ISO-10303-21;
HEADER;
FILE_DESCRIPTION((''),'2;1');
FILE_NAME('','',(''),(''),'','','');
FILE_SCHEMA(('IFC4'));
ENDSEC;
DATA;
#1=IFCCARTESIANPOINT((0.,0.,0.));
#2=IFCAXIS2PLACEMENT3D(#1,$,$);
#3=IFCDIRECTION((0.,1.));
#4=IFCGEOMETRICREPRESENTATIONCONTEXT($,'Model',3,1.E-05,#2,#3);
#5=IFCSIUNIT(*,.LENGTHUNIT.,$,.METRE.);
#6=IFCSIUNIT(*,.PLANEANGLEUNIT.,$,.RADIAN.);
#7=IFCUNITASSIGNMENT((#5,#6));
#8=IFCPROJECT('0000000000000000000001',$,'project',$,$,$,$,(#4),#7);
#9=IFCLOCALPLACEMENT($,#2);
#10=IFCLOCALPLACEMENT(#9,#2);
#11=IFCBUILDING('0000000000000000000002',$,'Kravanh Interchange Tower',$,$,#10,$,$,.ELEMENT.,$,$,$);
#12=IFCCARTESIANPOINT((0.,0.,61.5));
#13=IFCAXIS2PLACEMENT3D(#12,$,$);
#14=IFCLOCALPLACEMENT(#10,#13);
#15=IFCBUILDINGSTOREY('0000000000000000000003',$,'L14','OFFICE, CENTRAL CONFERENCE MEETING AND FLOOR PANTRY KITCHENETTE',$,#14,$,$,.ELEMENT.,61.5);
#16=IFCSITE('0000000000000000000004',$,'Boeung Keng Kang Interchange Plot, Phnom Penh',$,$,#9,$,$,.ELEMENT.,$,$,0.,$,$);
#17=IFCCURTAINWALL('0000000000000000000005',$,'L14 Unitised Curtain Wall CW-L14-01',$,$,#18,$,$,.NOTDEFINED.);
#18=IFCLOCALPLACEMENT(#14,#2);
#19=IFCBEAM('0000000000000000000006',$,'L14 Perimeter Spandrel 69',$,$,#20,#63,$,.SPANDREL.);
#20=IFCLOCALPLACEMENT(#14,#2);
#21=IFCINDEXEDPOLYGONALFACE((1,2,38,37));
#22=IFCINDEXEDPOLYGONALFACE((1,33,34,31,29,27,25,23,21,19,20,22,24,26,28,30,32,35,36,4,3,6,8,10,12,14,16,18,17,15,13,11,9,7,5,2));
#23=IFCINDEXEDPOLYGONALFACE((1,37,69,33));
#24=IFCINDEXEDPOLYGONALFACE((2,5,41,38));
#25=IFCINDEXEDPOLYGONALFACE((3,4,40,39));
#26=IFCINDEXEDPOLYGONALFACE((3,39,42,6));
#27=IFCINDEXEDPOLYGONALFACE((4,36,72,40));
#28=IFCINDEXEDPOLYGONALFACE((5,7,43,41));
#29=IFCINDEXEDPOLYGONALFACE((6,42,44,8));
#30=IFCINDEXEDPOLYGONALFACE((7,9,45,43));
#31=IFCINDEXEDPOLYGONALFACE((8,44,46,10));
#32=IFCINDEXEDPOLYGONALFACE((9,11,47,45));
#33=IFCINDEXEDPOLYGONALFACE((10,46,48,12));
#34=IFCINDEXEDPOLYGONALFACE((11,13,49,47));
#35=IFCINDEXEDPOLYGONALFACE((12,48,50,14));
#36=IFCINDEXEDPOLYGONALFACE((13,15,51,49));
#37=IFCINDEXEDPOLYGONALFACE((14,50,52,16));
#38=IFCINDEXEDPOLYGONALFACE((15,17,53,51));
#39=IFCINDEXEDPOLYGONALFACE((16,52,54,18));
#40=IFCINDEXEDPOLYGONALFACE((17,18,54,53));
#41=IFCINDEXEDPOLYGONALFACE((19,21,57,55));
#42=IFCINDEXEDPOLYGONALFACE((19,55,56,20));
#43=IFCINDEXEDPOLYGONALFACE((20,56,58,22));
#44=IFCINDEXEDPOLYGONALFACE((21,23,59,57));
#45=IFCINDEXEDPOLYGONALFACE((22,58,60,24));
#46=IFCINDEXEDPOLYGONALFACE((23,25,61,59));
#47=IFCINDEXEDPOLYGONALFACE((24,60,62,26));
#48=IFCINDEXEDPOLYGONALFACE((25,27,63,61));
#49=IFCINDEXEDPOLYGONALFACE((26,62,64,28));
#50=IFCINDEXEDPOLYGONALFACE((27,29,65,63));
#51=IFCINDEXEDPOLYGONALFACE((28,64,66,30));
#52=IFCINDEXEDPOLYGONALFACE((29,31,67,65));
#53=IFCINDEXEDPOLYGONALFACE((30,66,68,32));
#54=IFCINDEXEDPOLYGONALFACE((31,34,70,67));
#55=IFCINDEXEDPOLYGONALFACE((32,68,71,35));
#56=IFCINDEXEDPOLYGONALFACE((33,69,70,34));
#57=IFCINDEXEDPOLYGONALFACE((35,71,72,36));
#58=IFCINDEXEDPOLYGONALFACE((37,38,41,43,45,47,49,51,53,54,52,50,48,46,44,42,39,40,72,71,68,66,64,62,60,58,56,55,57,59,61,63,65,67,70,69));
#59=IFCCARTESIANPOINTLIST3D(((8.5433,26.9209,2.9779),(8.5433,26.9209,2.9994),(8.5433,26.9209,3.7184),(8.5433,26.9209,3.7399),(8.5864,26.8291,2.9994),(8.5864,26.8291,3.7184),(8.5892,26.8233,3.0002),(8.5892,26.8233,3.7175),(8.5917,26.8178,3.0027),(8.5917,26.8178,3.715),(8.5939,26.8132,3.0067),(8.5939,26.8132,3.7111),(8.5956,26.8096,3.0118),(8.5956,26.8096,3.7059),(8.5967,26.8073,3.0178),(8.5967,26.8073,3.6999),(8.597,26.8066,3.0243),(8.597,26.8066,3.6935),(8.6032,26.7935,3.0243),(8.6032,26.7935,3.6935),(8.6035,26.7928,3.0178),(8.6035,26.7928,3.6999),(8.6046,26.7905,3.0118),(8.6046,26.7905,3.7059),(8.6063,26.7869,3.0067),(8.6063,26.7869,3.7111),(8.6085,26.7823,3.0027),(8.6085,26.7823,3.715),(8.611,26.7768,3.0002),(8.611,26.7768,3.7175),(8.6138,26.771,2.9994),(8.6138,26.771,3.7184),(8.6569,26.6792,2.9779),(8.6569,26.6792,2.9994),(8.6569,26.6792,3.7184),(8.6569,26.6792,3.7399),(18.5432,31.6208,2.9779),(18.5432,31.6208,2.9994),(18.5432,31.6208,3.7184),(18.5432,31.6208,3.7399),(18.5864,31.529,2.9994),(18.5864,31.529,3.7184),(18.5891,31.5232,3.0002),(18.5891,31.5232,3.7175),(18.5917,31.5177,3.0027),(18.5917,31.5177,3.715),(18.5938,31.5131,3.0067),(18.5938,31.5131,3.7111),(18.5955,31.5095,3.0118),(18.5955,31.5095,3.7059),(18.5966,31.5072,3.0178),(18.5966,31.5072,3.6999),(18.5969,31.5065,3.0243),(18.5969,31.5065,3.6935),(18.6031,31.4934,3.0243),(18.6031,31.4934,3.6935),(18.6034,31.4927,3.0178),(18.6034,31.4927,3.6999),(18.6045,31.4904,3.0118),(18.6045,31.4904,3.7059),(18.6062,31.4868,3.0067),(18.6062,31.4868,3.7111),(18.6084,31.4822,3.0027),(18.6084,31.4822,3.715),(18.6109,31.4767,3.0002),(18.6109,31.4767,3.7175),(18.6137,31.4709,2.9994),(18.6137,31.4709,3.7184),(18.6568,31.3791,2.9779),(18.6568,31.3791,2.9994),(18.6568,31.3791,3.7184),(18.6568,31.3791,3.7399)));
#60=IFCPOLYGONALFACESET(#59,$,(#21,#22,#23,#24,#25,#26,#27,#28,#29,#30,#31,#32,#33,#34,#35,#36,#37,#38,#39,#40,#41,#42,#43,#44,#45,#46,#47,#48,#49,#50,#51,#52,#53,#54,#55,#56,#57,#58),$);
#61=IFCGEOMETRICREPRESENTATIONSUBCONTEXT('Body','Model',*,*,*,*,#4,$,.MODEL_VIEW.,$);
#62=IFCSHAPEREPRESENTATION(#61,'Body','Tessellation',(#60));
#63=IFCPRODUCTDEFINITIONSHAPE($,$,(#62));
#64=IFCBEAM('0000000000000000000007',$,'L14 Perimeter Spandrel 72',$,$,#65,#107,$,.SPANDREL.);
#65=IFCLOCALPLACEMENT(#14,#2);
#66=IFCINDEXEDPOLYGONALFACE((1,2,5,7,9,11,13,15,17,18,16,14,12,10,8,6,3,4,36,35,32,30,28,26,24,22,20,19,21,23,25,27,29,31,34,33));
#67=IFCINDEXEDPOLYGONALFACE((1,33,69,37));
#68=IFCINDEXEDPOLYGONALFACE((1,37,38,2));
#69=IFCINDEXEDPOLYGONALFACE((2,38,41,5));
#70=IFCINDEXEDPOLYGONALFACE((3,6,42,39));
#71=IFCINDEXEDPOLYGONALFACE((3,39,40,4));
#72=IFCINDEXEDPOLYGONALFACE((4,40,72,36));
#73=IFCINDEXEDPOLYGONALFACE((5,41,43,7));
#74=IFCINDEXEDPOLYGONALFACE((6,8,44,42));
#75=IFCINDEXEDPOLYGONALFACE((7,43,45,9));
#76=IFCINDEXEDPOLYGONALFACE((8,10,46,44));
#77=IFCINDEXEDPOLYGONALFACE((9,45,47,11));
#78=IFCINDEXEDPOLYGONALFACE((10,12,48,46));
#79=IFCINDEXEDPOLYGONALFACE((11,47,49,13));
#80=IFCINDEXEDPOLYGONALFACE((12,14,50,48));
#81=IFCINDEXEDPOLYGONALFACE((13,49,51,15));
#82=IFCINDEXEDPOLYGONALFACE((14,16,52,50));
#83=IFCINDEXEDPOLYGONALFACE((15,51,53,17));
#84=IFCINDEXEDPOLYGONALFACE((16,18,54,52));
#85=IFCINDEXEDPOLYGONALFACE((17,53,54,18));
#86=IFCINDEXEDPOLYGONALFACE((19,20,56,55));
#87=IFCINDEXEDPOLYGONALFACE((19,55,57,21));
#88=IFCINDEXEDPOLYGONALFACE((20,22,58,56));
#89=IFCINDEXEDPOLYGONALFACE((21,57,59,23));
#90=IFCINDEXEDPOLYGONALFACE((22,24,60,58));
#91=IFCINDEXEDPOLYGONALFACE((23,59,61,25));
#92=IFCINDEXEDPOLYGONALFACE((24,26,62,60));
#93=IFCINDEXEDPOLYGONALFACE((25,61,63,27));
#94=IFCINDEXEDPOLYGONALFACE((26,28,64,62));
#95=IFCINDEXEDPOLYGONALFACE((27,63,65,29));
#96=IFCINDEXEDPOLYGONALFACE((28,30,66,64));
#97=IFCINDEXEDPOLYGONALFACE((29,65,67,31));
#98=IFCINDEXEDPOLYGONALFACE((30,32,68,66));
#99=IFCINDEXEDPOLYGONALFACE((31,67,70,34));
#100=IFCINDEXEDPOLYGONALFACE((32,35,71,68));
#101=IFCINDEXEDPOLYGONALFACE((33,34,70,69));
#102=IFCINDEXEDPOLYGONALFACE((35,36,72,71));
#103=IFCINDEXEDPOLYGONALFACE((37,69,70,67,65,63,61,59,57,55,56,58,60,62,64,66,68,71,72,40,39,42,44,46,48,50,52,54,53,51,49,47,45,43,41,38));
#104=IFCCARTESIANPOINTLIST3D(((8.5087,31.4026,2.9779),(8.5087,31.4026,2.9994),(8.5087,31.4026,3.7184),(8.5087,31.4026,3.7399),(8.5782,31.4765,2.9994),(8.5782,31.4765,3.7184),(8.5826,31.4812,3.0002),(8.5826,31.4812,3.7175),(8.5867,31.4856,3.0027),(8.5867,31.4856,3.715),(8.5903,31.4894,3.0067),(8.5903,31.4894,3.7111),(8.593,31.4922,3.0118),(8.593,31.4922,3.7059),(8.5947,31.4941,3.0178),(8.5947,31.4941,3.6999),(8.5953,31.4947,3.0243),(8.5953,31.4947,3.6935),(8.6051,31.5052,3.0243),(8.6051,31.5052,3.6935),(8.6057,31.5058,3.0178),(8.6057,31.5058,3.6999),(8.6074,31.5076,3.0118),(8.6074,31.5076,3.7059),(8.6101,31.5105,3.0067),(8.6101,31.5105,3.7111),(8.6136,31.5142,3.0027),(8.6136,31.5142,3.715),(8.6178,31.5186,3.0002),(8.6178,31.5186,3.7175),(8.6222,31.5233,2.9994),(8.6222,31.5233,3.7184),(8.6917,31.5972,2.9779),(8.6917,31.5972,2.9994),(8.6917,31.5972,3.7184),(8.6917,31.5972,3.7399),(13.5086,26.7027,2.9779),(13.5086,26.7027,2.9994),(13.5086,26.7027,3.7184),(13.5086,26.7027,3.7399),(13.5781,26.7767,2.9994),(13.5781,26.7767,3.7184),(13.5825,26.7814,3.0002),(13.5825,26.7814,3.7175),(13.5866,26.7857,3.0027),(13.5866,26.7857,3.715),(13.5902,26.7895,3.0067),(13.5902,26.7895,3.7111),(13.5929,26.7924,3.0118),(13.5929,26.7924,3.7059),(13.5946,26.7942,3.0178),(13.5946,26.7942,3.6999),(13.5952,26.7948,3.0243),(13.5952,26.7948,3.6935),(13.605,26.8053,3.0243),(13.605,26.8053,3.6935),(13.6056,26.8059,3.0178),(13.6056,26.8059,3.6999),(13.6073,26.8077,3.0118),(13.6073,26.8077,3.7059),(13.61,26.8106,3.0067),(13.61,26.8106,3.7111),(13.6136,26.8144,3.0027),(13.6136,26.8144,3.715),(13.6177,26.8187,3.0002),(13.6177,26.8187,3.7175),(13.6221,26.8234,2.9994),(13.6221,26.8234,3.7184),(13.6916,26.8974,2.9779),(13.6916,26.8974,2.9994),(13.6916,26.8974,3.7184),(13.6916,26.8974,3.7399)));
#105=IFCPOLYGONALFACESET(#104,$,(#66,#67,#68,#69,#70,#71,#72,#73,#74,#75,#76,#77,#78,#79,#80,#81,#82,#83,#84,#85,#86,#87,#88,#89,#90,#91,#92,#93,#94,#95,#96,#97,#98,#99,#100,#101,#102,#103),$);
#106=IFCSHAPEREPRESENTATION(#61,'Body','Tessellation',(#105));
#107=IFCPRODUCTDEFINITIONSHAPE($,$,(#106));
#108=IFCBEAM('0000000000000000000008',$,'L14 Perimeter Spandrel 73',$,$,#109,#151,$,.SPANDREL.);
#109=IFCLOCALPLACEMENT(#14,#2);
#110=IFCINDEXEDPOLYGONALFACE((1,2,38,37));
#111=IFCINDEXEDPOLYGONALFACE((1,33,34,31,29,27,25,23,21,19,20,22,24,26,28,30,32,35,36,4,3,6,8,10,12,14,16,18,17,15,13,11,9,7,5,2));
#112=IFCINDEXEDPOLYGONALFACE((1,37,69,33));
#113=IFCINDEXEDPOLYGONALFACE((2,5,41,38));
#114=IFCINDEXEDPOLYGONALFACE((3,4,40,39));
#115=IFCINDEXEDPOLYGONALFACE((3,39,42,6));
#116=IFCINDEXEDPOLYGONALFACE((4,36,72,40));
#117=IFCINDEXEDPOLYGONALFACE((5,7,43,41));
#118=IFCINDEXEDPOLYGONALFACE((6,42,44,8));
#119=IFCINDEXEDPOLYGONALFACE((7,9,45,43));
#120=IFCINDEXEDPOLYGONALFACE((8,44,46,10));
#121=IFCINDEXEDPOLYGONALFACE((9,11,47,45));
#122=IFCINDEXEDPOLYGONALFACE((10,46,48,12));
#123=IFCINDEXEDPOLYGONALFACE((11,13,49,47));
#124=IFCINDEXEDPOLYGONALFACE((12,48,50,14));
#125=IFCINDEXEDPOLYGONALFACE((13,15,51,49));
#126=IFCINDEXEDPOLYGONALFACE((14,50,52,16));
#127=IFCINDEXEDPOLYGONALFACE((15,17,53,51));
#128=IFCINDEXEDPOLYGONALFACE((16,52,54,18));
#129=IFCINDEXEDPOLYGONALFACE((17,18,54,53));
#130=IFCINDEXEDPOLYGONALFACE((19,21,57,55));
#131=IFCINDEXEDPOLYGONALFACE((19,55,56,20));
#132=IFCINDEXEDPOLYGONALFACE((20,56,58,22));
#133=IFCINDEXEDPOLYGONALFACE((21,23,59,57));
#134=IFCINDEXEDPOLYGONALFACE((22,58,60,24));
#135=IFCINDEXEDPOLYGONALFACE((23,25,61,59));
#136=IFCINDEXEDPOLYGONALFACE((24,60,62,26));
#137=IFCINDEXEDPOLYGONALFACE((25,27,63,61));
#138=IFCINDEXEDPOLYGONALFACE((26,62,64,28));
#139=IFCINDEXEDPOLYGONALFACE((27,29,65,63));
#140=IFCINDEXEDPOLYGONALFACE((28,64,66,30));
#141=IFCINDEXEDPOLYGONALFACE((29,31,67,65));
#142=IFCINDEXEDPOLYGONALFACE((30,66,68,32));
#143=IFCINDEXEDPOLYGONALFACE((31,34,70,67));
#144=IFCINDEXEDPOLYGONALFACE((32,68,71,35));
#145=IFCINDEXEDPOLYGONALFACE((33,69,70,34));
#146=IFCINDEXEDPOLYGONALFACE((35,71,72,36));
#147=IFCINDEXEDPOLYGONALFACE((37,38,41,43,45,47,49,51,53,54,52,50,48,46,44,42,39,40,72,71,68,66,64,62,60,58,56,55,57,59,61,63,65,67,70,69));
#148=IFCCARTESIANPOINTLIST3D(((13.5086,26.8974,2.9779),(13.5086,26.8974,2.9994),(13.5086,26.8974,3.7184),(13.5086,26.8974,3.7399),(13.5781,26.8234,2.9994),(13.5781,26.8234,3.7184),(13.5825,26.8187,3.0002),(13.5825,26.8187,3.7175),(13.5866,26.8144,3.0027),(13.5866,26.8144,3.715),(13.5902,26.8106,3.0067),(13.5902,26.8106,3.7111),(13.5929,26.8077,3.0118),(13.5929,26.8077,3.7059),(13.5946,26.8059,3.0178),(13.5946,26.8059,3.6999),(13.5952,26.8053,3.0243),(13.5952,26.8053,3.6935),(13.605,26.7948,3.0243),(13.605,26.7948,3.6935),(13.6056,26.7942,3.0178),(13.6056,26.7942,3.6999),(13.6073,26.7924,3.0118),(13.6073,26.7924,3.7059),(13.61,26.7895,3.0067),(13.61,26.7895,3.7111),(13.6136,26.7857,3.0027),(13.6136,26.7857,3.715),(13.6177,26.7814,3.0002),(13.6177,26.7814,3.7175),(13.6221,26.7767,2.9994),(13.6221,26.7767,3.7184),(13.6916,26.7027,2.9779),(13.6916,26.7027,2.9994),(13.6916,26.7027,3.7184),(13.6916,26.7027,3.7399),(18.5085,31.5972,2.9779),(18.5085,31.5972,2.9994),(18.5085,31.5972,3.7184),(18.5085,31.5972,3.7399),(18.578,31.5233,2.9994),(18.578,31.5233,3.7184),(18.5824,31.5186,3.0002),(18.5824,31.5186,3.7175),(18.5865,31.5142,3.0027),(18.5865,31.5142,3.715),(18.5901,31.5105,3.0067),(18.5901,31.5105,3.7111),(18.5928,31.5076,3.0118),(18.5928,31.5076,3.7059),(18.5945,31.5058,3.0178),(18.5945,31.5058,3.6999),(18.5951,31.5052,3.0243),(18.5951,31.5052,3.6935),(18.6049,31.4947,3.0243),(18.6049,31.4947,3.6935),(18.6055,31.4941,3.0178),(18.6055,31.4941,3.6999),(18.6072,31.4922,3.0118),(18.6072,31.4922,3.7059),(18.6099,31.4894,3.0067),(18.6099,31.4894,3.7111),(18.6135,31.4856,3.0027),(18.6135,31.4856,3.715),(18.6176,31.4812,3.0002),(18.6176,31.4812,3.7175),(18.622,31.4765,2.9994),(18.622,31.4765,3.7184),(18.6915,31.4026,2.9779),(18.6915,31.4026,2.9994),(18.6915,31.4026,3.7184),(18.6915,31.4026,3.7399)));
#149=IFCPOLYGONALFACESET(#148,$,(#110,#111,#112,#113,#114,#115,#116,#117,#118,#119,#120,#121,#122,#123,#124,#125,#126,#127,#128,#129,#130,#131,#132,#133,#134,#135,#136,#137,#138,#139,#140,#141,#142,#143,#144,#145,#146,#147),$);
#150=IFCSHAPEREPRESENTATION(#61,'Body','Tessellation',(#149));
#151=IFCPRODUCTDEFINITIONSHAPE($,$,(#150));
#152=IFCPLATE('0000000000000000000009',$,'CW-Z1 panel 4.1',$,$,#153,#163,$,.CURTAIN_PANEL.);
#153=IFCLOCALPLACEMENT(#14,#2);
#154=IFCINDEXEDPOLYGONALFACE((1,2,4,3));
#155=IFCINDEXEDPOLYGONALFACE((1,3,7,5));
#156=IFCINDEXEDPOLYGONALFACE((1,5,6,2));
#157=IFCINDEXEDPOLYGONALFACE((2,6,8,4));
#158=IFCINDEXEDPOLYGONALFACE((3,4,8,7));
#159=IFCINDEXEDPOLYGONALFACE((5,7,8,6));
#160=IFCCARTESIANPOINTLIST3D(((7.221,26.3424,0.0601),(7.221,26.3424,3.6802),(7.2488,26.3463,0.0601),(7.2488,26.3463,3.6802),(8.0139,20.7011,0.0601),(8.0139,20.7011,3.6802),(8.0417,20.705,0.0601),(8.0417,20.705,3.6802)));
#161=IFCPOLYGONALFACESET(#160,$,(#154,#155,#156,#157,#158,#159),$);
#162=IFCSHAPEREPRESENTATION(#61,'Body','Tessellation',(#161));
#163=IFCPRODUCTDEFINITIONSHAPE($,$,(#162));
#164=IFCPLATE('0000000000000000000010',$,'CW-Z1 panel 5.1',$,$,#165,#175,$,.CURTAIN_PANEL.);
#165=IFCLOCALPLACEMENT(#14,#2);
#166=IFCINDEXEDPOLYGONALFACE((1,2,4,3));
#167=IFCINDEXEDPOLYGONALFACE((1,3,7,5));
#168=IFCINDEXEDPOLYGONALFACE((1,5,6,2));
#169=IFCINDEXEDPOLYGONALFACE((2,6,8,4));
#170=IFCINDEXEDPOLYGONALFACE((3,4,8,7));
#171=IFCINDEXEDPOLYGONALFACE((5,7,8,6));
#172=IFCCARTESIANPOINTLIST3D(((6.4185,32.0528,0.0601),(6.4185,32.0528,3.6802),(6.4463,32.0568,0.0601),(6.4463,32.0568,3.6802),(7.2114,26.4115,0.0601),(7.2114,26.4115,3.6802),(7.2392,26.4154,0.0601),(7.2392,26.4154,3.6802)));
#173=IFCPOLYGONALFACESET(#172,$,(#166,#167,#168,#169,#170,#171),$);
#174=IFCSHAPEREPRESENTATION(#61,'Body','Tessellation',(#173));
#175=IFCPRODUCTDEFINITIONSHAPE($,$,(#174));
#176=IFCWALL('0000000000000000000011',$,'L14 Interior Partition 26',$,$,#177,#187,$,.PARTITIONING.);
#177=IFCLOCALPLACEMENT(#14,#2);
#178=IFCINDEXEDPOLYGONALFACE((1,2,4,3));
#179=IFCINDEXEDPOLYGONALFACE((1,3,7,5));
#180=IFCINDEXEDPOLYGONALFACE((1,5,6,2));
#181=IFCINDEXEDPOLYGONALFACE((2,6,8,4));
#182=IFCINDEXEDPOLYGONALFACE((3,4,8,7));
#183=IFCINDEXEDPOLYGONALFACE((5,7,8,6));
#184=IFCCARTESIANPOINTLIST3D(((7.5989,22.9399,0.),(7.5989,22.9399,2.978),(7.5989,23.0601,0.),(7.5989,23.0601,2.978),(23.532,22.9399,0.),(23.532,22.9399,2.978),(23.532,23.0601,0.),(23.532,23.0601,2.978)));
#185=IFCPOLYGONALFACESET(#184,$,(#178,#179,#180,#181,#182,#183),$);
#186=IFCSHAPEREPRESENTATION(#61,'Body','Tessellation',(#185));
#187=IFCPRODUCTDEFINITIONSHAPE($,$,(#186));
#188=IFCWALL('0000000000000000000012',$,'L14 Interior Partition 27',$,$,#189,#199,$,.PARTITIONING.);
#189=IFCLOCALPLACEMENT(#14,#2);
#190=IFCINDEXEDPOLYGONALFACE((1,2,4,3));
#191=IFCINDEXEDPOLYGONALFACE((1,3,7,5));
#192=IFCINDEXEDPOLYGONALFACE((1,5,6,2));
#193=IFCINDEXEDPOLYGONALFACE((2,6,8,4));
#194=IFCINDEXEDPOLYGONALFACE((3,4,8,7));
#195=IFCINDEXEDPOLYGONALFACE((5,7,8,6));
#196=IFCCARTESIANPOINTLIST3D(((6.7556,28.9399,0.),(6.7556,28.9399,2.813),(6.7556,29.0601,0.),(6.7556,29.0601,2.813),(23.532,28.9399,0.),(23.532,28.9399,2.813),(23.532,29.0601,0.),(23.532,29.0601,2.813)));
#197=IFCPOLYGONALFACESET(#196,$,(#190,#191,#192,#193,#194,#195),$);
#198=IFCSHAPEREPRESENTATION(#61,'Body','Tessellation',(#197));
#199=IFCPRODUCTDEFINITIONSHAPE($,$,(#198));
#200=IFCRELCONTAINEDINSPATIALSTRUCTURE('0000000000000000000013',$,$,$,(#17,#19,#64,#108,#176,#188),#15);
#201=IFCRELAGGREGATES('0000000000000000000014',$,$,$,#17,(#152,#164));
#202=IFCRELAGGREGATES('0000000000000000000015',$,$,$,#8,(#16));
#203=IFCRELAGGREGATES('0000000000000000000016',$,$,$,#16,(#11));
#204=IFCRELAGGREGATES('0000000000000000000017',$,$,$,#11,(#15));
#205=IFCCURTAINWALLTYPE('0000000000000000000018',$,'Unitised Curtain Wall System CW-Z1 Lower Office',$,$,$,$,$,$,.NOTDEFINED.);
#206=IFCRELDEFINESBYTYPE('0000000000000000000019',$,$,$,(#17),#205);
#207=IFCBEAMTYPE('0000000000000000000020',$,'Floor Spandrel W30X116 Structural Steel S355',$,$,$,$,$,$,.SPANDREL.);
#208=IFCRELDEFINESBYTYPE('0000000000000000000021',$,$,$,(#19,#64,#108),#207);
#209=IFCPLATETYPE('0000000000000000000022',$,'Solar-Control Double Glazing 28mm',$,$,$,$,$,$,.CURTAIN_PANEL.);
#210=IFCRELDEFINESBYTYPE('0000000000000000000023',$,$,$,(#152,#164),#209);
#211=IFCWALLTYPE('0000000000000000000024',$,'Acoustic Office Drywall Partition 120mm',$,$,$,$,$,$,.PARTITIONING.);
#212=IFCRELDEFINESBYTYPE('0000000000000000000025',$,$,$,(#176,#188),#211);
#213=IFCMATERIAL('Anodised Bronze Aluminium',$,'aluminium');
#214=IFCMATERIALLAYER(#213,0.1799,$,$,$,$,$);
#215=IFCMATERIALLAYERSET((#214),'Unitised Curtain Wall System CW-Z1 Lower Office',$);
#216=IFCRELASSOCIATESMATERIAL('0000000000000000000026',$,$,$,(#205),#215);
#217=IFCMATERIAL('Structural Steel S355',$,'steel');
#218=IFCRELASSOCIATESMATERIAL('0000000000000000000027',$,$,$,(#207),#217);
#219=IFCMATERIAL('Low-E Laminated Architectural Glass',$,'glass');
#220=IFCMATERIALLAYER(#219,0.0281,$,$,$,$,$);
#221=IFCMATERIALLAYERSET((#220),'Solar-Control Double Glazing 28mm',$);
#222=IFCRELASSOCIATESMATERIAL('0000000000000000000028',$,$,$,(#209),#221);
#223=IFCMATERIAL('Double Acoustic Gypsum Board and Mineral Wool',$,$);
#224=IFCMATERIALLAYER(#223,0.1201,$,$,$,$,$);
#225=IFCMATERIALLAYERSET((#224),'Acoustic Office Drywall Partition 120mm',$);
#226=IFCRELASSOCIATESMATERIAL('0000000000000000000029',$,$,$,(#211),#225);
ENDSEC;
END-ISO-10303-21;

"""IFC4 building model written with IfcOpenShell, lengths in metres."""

from ifc_helpers import new_model, si_unit, direction, frame, frame_2d, origin, origin_2d, place, context, subcontext, project, spatial, rectangle, i_section, extrude, material, layer, layer_set, material_profile, profile_set, type_object, element, aggregate, save


model = new_model("IFC4")

# Units and contexts
model_context = context("Model", 3, precision=1e-05, world=origin(), true_north=direction((0.0, 1.0)))
body_context = subcontext(model_context, "Body", "Model", "MODEL_VIEW")
ifc_project = project(units=[si_unit("LENGTHUNIT", "METRE"), si_unit("PLANEANGLEUNIT", "RADIAN")], contexts=[model_context])

# Site, building, storey
site_placement = place(None, origin())
site = spatial("IfcSite", under=ifc_project, at=site_placement, Name="Boeung Keng Kang Interchange Plot, Phnom Penh", CompositionType="ELEMENT", RefElevation=0.0)
building_placement = place(site_placement, origin())
building = spatial("IfcBuilding", under=site, at=building_placement, Name="Kravanh Interchange Tower", CompositionType="ELEMENT")
storey_placement = place(building_placement, frame((0.0, 0.0, 61.5)))
storey = spatial("IfcBuildingStorey", under=building, at=storey_placement, Name="L14", Description="OFFICE, CENTRAL CONFERENCE MEETING AND FLOOR PANTRY KITCHENETTE", CompositionType="ELEMENT", Elevation=61.5)

# Curtain wall
ifc_material_1 = material(Name="Anodised Bronze Aluminium", Category="aluminium")
ifc_layer_1 = layer(ifc_material_1, 0.1799)
ifc_layer_set_1 = layer_set([ifc_layer_1], Name="Unitised Curtain Wall System CW-Z1 Lower Office")
curtain_wall_type = type_object("IfcCurtainWallType", Name="Unitised Curtain Wall System CW-Z1 Lower Office", PredefinedType="NOTDEFINED", material=ifc_layer_set_1)
curtain_wall_placement = place(storey_placement, origin())
curtain_wall = element("IfcCurtainWall", 1, at=curtain_wall_placement, inside=storey, type_object=curtain_wall_type, Name="L14 Unitised Curtain Wall CW-L14-01", PredefinedType="NOTDEFINED")

# Beams
ifc_material_2 = material(Name="Structural Steel S355", Category="steel")
ifc_material_profile_1 = material_profile(ifc_material_2, i_section(OverallWidth=0.2671, OverallDepth=0.762, WebThickness=0.0144, FlangeThickness=0.0215, FilletRadius=0.0249, at=origin_2d()), Name="W30X116")
ifc_profile_set_1 = profile_set([ifc_material_profile_1], Name="Structural Steel S355")
beam_type_1 = type_object("IfcBeamType", Name="Floor Spandrel W30X116 Structural Steel S355", PredefinedType="SPANDREL", material=ifc_profile_set_1)
beam_1_placement = place(storey_placement, frame((8.6001, 26.8, 3.3589), z_axis=(0.905025, 0.425358, 0.0), x_axis=(-0.425358, 0.905025, 0.0)))
element("IfcBeam", 2, at=beam_1_placement, inside=storey, type_object=beam_type_1, Name="L14 Perimeter Spandrel 69", PredefinedType="SPANDREL", context=body_context, shape_type="SweptSolid", body=[
    extrude(i_section(OverallWidth=0.2671, OverallDepth=0.762, WebThickness=0.0144, FlangeThickness=0.0215, FilletRadius=0.0249, at=origin_2d()), origin(), (0.0, 0.0, 1.0), 11.0493),
])
for number, where, z_axis, x_axis, name in (
    (3, (13.6001, 26.8, 3.3589), (-0.728631, 0.684906, 0.0), (-0.684906, -0.728631, 0.0), "L14 Perimeter Spandrel 72"),
    (4, (13.6001, 26.8, 3.3589), (0.728631, 0.684906, 0.0), (-0.684906, 0.728631, 0.0), "L14 Perimeter Spandrel 73"),
):
    element("IfcBeam", number, at=place(storey_placement, frame(where, z_axis=z_axis, x_axis=x_axis)), inside=storey, type_object=beam_type_1, Name=name, PredefinedType="SPANDREL", context=body_context, shape_type="SweptSolid", body=[
        extrude(i_section(OverallWidth=0.2671, OverallDepth=0.762, WebThickness=0.0144, FlangeThickness=0.0215, FilletRadius=0.0249, at=origin_2d()), origin(), (0.0, 0.0, 1.0), 6.8621),
    ])

# Plates
ifc_material_3 = material(Name="Low-E Laminated Architectural Glass", Category="glass")
ifc_layer_2 = layer(ifc_material_3, 0.0281)
ifc_layer_set_2 = layer_set([ifc_layer_2], Name="Solar-Control Double Glazing 28mm")
plate_type = type_object("IfcPlateType", Name="Solar-Control Double Glazing 28mm", PredefinedType="CURTAIN_PANEL", material=ifc_layer_set_2)
plate_1_placement = place(storey_placement, frame((7.6313, 23.5237, 0.0601), z_axis=(0.0, 0.0, 1.0), x_axis=(-0.139177, 0.990268, 0.0)))
plate_1 = element("IfcPlate", 5, at=plate_1_placement, type_object=plate_type, Name="CW-Z1 panel 4.1", PredefinedType="CURTAIN_PANEL", context=body_context, shape_type="SweptSolid", body=[
    extrude(rectangle(XDim=5.6968, YDim=0.0281, at=origin_2d()), origin(), (0.0, 0.0, 1.0), 3.6201),
])
plate_2_placement = place(storey_placement, frame((6.8289, 29.2341, 0.0601), z_axis=(0.0, 0.0, 1.0), x_axis=(-0.139177, 0.990268, 0.0)))
plate_2 = element("IfcPlate", 6, at=plate_2_placement, type_object=plate_type, Name="CW-Z1 panel 5.1", PredefinedType="CURTAIN_PANEL", context=body_context, shape_type="SweptSolid", body=[
    extrude(rectangle(XDim=5.6968, YDim=0.0281, at=origin_2d()), origin(), (0.0, 0.0, 1.0), 3.6201),
])
aggregate(curtain_wall, [plate_1, plate_2])

# Walls
ifc_material_4 = material(Name="Double Acoustic Gypsum Board and Mineral Wool")
ifc_layer_3 = layer(ifc_material_4, 0.1201)
ifc_layer_set_3 = layer_set([ifc_layer_3], Name="Acoustic Office Drywall Partition 120mm")
wall_type = type_object("IfcWallType", Name="Acoustic Office Drywall Partition 120mm", PredefinedType="PARTITIONING", material=ifc_layer_set_3)
wall_1_placement = place(storey_placement, frame((7.5989, 23.0, 0.0), z_axis=(0.0, 0.0, 1.0), x_axis=(1.0, 0.0, 0.0)))
element("IfcWall", 7, at=wall_1_placement, inside=storey, type_object=wall_type, Name="L14 Interior Partition 26", PredefinedType="PARTITIONING", context=body_context, shape_type="SweptSolid", body=[
    extrude(rectangle(XDim=15.9331, YDim=0.1201, at=frame_2d((7.9666, 0.0))), origin(), (0.0, 0.0, 1.0), 2.978),
])
wall_2_placement = place(storey_placement, frame((6.7556, 29.0, 0.0), z_axis=(0.0, 0.0, 1.0), x_axis=(1.0, 0.0, 0.0)))
element("IfcWall", 8, at=wall_2_placement, inside=storey, type_object=wall_type, Name="L14 Interior Partition 27", PredefinedType="PARTITIONING", context=body_context, shape_type="SweptSolid", body=[
    extrude(rectangle(XDim=16.7764, YDim=0.1201, at=frame_2d((8.3882, 0.0))), origin(), (0.0, 0.0, 1.0), 2.813),
])

save(model, "model.ifc")
